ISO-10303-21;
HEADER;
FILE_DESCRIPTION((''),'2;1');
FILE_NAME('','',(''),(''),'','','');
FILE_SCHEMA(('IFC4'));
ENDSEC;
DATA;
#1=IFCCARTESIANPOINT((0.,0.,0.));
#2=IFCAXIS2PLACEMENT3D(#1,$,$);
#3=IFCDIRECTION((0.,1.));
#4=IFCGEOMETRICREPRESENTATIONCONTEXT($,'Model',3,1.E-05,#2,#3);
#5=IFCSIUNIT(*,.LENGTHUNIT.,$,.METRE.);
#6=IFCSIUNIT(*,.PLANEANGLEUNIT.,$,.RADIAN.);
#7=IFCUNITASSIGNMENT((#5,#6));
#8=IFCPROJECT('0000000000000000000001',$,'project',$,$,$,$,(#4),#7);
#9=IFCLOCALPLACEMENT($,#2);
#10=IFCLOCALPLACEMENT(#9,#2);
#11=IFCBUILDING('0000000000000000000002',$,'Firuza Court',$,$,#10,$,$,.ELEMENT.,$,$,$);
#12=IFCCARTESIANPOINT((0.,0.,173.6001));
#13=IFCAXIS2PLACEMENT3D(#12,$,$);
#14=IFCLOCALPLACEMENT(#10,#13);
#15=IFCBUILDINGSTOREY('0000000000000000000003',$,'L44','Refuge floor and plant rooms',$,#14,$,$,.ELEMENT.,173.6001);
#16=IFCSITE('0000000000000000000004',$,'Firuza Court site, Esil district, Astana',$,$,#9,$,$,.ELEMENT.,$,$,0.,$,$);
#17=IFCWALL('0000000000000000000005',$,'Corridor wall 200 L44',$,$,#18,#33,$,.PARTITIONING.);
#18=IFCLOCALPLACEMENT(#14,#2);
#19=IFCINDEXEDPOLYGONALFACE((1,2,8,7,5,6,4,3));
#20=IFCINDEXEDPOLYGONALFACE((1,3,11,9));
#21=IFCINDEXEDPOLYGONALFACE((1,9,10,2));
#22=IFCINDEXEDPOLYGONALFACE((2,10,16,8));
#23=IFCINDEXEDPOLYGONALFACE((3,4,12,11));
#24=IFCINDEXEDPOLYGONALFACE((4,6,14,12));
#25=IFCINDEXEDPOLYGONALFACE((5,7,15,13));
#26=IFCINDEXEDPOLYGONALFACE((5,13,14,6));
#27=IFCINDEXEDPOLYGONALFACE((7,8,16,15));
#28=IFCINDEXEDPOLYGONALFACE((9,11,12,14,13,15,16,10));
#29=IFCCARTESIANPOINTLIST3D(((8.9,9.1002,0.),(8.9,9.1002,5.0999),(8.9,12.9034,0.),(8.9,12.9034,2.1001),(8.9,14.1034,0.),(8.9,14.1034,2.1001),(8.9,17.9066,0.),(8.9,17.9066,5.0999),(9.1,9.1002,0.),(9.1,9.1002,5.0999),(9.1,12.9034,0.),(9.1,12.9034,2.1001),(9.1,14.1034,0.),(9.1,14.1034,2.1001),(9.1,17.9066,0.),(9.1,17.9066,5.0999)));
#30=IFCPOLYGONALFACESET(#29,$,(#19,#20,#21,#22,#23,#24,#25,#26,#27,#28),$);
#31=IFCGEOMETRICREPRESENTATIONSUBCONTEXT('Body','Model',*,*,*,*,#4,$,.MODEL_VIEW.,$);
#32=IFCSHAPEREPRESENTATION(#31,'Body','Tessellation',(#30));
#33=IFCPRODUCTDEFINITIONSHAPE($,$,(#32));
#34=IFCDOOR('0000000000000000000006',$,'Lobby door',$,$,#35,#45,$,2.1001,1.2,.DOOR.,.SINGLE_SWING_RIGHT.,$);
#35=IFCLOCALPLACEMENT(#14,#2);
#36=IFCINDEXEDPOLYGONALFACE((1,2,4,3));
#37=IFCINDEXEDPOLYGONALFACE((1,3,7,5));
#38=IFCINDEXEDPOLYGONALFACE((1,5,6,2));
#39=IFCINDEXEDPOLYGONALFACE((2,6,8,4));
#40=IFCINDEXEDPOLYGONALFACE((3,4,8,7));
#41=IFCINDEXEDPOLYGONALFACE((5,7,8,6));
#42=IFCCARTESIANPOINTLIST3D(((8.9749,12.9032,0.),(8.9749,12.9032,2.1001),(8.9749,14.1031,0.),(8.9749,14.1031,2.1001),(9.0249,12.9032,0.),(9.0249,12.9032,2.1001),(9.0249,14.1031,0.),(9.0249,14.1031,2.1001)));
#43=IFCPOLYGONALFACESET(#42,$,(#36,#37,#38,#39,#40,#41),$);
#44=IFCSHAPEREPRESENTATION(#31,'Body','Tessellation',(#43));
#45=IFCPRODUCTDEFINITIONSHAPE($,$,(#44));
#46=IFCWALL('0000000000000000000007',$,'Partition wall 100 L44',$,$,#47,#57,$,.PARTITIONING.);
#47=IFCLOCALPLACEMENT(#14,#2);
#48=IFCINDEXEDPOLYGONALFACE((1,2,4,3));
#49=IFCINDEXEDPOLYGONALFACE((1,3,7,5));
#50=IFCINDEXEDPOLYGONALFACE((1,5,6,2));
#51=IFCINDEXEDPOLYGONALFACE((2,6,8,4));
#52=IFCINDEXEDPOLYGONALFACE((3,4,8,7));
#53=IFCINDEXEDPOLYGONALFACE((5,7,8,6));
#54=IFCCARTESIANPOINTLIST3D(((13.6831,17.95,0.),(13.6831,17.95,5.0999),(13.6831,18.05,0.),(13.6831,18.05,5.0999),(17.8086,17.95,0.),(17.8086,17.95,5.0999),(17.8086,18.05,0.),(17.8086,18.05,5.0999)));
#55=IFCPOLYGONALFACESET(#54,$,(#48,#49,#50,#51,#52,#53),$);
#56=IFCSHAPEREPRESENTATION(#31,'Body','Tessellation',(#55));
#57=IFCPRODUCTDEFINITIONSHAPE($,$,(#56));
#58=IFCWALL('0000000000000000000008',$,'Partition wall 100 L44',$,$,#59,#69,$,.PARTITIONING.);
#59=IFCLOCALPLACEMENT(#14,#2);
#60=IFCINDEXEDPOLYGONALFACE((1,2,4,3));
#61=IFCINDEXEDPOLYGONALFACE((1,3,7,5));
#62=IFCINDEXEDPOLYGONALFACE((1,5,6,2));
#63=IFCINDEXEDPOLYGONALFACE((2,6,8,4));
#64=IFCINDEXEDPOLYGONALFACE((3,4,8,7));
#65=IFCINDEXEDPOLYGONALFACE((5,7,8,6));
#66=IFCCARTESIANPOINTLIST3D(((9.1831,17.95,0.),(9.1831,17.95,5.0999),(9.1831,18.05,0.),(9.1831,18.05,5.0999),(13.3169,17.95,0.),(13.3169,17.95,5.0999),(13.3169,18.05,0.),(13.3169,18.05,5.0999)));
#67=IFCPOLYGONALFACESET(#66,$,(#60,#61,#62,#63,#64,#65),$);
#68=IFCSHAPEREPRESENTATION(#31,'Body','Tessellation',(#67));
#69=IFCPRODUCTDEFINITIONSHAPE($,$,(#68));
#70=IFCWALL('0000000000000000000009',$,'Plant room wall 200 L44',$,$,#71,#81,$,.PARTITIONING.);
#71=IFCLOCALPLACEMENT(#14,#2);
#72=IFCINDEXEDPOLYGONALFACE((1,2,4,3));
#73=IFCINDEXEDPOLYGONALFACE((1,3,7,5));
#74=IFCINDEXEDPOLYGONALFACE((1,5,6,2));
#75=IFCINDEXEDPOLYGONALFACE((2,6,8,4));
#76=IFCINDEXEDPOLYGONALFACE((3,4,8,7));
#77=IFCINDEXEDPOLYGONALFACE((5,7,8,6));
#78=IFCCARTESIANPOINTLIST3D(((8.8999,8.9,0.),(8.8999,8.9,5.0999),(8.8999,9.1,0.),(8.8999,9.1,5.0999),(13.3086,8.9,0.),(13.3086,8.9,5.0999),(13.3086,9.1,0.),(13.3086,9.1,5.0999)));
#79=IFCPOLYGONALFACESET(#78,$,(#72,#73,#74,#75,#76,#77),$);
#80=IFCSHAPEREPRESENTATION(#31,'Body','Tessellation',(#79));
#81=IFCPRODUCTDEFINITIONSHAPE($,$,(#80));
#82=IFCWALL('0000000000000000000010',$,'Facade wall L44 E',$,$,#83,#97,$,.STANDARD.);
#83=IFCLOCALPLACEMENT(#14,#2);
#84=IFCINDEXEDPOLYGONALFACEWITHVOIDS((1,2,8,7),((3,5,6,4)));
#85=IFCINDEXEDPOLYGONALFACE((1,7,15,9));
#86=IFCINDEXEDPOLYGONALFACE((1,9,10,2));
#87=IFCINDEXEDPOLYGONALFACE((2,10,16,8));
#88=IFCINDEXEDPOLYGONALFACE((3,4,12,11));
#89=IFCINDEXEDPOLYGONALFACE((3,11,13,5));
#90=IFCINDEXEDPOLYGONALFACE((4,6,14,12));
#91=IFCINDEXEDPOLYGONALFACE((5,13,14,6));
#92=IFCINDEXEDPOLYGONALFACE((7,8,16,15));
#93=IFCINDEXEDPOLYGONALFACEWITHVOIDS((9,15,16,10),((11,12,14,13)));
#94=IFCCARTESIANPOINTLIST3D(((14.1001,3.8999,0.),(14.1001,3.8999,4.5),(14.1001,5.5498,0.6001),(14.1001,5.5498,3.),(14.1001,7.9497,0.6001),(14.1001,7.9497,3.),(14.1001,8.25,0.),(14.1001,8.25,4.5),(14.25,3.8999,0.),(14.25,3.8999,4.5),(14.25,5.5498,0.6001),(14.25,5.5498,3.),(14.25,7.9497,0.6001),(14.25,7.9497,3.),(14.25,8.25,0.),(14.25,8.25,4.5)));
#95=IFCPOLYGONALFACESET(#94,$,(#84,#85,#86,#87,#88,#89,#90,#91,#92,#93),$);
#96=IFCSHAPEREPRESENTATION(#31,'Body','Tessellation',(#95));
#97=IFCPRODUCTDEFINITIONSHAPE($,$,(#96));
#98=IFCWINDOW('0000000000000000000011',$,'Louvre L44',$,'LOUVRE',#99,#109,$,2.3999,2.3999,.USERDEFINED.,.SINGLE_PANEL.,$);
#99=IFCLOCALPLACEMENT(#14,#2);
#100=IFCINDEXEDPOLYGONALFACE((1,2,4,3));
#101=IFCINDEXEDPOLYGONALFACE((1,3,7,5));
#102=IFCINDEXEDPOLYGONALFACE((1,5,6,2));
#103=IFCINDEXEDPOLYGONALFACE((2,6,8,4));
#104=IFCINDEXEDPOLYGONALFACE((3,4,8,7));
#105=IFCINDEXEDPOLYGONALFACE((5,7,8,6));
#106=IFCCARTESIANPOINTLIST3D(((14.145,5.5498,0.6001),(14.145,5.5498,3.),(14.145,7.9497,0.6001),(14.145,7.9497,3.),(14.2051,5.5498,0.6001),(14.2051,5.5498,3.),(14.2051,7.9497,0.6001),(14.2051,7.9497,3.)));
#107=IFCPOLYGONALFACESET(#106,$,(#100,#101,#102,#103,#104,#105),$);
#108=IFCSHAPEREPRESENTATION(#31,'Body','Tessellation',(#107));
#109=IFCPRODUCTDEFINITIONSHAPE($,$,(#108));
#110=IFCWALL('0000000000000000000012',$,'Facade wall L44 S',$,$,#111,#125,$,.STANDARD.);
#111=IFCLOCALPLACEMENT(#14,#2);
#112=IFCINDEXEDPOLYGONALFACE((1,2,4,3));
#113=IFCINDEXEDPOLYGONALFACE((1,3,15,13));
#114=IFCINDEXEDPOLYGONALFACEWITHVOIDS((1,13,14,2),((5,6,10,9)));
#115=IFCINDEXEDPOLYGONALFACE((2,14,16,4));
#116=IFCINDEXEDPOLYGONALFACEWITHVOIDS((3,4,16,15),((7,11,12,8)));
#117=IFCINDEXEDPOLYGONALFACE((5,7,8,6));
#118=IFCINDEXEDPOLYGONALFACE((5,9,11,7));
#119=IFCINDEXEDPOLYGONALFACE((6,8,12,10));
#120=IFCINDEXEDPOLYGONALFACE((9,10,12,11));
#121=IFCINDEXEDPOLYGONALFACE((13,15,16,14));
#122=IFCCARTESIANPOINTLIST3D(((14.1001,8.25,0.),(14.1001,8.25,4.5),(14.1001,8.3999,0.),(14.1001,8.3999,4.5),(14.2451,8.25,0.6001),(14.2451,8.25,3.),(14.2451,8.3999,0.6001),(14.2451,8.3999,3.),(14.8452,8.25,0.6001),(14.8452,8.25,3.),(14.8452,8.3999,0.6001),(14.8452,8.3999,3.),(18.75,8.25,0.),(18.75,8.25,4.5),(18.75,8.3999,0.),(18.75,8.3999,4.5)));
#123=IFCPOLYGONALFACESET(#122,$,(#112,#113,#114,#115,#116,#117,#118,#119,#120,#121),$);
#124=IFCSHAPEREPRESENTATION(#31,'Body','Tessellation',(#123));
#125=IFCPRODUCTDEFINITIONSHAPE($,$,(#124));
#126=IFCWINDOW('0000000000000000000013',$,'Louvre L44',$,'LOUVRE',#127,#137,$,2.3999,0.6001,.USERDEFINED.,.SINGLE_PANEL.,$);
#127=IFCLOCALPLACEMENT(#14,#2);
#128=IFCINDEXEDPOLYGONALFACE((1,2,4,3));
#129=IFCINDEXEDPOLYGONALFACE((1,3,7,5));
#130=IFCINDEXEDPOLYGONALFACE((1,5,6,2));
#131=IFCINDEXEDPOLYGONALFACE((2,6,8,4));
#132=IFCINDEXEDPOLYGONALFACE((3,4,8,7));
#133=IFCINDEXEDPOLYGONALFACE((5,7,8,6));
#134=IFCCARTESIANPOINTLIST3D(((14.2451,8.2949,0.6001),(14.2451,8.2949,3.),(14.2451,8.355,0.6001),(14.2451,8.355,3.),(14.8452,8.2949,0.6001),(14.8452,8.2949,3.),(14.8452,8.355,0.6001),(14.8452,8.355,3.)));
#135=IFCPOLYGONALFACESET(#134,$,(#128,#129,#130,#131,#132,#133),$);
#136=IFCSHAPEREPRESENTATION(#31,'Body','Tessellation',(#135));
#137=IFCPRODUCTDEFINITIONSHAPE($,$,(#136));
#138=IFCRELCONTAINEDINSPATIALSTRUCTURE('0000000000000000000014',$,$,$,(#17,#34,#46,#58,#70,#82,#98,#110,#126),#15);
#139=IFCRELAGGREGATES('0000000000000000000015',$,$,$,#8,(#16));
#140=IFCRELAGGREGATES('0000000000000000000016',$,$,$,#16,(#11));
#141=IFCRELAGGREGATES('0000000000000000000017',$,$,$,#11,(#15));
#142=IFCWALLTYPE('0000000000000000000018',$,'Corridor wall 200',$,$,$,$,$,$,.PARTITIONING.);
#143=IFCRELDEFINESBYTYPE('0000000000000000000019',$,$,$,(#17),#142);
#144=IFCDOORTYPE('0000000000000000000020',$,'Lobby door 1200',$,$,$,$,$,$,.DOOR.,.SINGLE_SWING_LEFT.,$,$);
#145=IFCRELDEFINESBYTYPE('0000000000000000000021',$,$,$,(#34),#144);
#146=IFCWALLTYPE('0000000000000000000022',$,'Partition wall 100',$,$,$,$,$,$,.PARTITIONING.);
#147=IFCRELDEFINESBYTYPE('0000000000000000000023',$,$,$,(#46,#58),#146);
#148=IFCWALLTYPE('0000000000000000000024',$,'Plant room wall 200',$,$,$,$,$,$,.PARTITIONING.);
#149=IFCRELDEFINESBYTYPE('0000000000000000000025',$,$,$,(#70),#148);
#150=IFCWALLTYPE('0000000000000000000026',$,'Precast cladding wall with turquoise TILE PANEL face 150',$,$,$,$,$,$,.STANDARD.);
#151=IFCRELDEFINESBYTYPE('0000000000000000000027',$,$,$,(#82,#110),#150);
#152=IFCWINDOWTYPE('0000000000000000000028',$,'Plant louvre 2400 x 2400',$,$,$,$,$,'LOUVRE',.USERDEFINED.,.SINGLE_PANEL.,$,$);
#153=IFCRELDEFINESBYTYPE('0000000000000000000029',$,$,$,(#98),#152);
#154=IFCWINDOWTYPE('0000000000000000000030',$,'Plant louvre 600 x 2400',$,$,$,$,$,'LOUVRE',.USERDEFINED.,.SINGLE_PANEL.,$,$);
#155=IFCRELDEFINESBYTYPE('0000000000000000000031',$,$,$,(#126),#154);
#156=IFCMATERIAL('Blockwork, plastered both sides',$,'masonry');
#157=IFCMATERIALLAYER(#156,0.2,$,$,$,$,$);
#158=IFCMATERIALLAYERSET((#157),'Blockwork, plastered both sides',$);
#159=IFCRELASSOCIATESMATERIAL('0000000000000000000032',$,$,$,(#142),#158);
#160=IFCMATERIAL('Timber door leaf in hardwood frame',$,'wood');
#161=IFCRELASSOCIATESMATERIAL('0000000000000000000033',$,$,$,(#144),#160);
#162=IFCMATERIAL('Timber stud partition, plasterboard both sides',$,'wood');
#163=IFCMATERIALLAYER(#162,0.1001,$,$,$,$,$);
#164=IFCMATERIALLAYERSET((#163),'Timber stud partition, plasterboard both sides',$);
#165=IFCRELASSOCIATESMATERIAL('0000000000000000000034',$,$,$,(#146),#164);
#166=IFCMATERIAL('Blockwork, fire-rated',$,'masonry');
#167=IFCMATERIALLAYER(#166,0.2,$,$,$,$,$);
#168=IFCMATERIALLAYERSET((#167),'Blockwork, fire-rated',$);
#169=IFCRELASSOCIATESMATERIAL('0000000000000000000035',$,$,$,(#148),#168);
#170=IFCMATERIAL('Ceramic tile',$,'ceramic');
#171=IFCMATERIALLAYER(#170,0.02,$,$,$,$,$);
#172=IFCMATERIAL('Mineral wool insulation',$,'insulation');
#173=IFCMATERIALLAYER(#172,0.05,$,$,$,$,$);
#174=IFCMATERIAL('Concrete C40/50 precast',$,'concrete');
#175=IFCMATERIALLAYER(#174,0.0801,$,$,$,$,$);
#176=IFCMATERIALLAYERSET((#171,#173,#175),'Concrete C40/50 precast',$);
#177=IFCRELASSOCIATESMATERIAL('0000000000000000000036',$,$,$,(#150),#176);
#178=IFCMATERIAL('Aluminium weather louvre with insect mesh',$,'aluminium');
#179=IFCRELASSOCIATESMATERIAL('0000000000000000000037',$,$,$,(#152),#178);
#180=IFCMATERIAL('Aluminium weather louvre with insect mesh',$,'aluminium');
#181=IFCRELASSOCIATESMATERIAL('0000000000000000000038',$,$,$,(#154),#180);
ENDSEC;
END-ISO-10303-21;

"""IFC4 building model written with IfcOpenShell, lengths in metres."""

from ifc_helpers import new_model, si_unit, direction, frame, frame_2d, origin, place, context, subcontext, project, spatial, rectangle, extrude, material, layer, layer_set, type_object, element, fill, save


model = new_model("IFC4")

# Units and contexts
model_context = context("Model", 3, precision=1e-05, world=origin(), true_north=direction((0.0, 1.0)))
body_context = subcontext(model_context, "Body", "Model", "MODEL_VIEW")
ifc_project = project(units=[si_unit("LENGTHUNIT", "METRE"), si_unit("PLANEANGLEUNIT", "RADIAN")], contexts=[model_context])

# Site, building, storey
site_placement = place(None, origin())
site = spatial("IfcSite", under=ifc_project, at=site_placement, Name="Firuza Court site, Esil district, Astana", CompositionType="ELEMENT", RefElevation=0.0)
building_placement = place(site_placement, origin())
building = spatial("IfcBuilding", under=site, at=building_placement, Name="Firuza Court", CompositionType="ELEMENT")
storey_placement = place(building_placement, frame((0.0, 0.0, 173.6001)))
storey = spatial("IfcBuildingStorey", under=building, at=storey_placement, Name="L44", Description="Refuge floor and plant rooms", CompositionType="ELEMENT", Elevation=173.6001)

# Wall, opening, door
ifc_material_1 = material(Name="Blockwork, plastered both sides", Category="masonry")
ifc_layer_1 = layer(ifc_material_1, 0.2)
ifc_layer_set_1 = layer_set([ifc_layer_1], Name="Blockwork, plastered both sides")
wall_type_1 = type_object("IfcWallType", Name="Corridor wall 200", PredefinedType="PARTITIONING", material=ifc_layer_set_1)
wall_1_placement = place(storey_placement, frame((9.0, 9.1001, 0.0), z_axis=(0.0, 0.0, 1.0), x_axis=(0.0, 1.0, 0.0)))
wall_1 = element("IfcWall", 1, at=wall_1_placement, inside=storey, type_object=wall_type_1, Name="Corridor wall 200 L44", PredefinedType="PARTITIONING", context=body_context, shape_type="SweptSolid", body=[
    extrude(rectangle(XDim=8.8064, YDim=0.2, at=frame_2d((4.4033, 0.0))), origin(), (0.0, 0.0, 1.0), 5.0999),
])
opening_1_placement = place(wall_1_placement, frame((3.8032, 0.0, 0.0)))
opening_1 = element("IfcOpeningElement", 2, at=opening_1_placement, cuts=wall_1, PredefinedType="OPENING", context=body_context, shape_type="SweptSolid", body=[
    extrude(rectangle(XDim=1.2, YDim=2.1001, at=frame_2d((0.6001, 1.05))), frame((0.0, 0.1118, 0.0), z_axis=(0.0, -1.0, 0.0), x_axis=(1.0, 0.0, 0.0)), (0.0, 0.0, 1.0), 0.2239),
])
ifc_material_2 = material(Name="Timber door leaf in hardwood frame", Category="wood")
door_type = type_object("IfcDoorType", Name="Lobby door 1200", OperationType="SINGLE_SWING_LEFT", PredefinedType="DOOR", material=ifc_material_2)
door_placement = place(opening_1_placement, frame((1.2, 0.0, 0.0), z_axis=(0.0, 0.0, 1.0), x_axis=(-1.0, 0.0, 0.0)))
door = element("IfcDoor", 3, at=door_placement, inside=storey, type_object=door_type, Name="Lobby door", OperationType="SINGLE_SWING_RIGHT", OverallHeight=2.1001, OverallWidth=1.2, PredefinedType="DOOR", context=body_context, shape_type="SweptSolid", body=[
    extrude(rectangle(XDim=1.2, YDim=2.1001, at=frame_2d((0.6001, 1.05))), frame((0.0, 0.0249, 0.0), z_axis=(0.0, -1.0, 0.0), x_axis=(1.0, 0.0, 0.0)), (0.0, 0.0, 1.0), 0.05),
])
fill(opening_1, door)

# Walls
ifc_material_3 = material(Name="Timber stud partition, plasterboard both sides", Category="wood")
ifc_layer_2 = layer(ifc_material_3, 0.1001)
ifc_layer_set_2 = layer_set([ifc_layer_2], Name="Timber stud partition, plasterboard both sides")
wall_type_2 = type_object("IfcWallType", Name="Partition wall 100", PredefinedType="PARTITIONING", material=ifc_layer_set_2)
wall_2_placement = place(storey_placement, frame((17.8086, 18.0, 0.0), z_axis=(0.0, 0.0, 1.0), x_axis=(-1.0, 0.0, 0.0)))
element("IfcWall", 4, at=wall_2_placement, inside=storey, type_object=wall_type_2, Name="Partition wall 100 L44", PredefinedType="PARTITIONING", context=body_context, shape_type="SweptSolid", body=[
    extrude(rectangle(XDim=4.1255, YDim=0.1001, at=frame_2d((2.0627, 0.0))), origin(), (0.0, 0.0, 1.0), 5.0999),
])
wall_3_placement = place(storey_placement, frame((13.3169, 18.0, 0.0), z_axis=(0.0, 0.0, 1.0), x_axis=(-1.0, 0.0, 0.0)))
element("IfcWall", 5, at=wall_3_placement, inside=storey, type_object=wall_type_2, Name="Partition wall 100 L44", PredefinedType="PARTITIONING", context=body_context, shape_type="SweptSolid", body=[
    extrude(rectangle(XDim=4.1338, YDim=0.1001, at=frame_2d((2.0669, 0.0))), origin(), (0.0, 0.0, 1.0), 5.0999),
])
ifc_material_4 = material(Name="Blockwork, fire-rated", Category="masonry")
ifc_layer_3 = layer(ifc_material_4, 0.2)
ifc_layer_set_3 = layer_set([ifc_layer_3], Name="Blockwork, fire-rated")
wall_type_3 = type_object("IfcWallType", Name="Plant room wall 200", PredefinedType="PARTITIONING", material=ifc_layer_set_3)
wall_4_placement = place(storey_placement, frame((13.3086, 9.0, 0.0), z_axis=(0.0, 0.0, 1.0), x_axis=(-1.0, 0.0, 0.0)))
element("IfcWall", 6, at=wall_4_placement, inside=storey, type_object=wall_type_3, Name="Plant room wall 200 L44", PredefinedType="PARTITIONING", context=body_context, shape_type="SweptSolid", body=[
    extrude(rectangle(XDim=4.4087, YDim=0.2, at=frame_2d((2.2043, 0.0))), origin(), (0.0, 0.0, 1.0), 5.0999),
])

# Walls, openings, windows
ifc_material_5 = material(Name="Ceramic tile", Category="ceramic")
ifc_layer_4 = layer(ifc_material_5, 0.02)
ifc_material_6 = material(Name="Mineral wool insulation", Category="insulation")
ifc_layer_5 = layer(ifc_material_6, 0.05)
ifc_material_7 = material(Name="Concrete C40/50 precast", Category="concrete")
ifc_layer_6 = layer(ifc_material_7, 0.0801)
ifc_layer_set_4 = layer_set([ifc_layer_4, ifc_layer_5, ifc_layer_6], Name="Concrete C40/50 precast")
wall_type_4 = type_object("IfcWallType", Name="Precast cladding wall with turquoise TILE PANEL face 150", PredefinedType="STANDARD", material=ifc_layer_set_4)
wall_5_placement = place(storey_placement, frame((14.175, 3.8999, 0.0), z_axis=(0.0, 0.0, 1.0), x_axis=(0.0, 1.0, 0.0)))
wall_5 = element("IfcWall", 7, at=wall_5_placement, inside=storey, type_object=wall_type_4, Name="Facade wall L44 E", PredefinedType="STANDARD", context=body_context, shape_type="SweptSolid", body=[
    extrude(rectangle(XDim=4.3501, YDim=0.1499, at=frame_2d((2.175, 0.0))), origin(), (0.0, 0.0, 1.0), 4.5),
])
opening_2_placement = place(wall_5_placement, frame((1.6499, 0.0, 0.6001)))
opening_2 = element("IfcOpeningElement", 8, at=opening_2_placement, cuts=wall_5, PredefinedType="OPENING", context=body_context, shape_type="SweptSolid", body=[
    extrude(rectangle(XDim=2.3999, YDim=2.3999, at=frame_2d((1.2, 1.2))), frame((0.0, 0.0869, 0.0), z_axis=(0.0, -1.0, 0.0), x_axis=(1.0, 0.0, 0.0)), (0.0, 0.0, 1.0), 0.1738),
])
ifc_material_8 = material(Name="Aluminium weather louvre with insect mesh", Category="aluminium")
window_type_1 = type_object("IfcWindowType", Name="Plant louvre 2400 x 2400", ElementType="LOUVRE", PartitioningType="SINGLE_PANEL", PredefinedType="USERDEFINED", material=ifc_material_8)
window_1_placement = place(opening_2_placement, origin())
window_1 = element("IfcWindow", 9, at=window_1_placement, inside=storey, type_object=window_type_1, Name="Louvre L44", ObjectType="LOUVRE", OverallHeight=2.3999, OverallWidth=2.3999, PartitioningType="SINGLE_PANEL", PredefinedType="USERDEFINED", context=body_context, shape_type="SweptSolid", body=[
    extrude(rectangle(XDim=2.3999, YDim=2.3999, at=frame_2d((1.2, 1.2))), frame((0.0, 0.03, 0.0), z_axis=(0.0, -1.0, 0.0), x_axis=(1.0, 0.0, 0.0)), (0.0, 0.0, 1.0), 0.0601),
])
fill(opening_2, window_1)
wall_6_placement = place(storey_placement, frame((14.1001, 8.325, 0.0), z_axis=(0.0, 0.0, 1.0), x_axis=(1.0, 0.0, 0.0)))
wall_6 = element("IfcWall", 10, at=wall_6_placement, inside=storey, type_object=wall_type_4, Name="Facade wall L44 S", PredefinedType="STANDARD", context=body_context, shape_type="SweptSolid", body=[
    extrude(rectangle(XDim=4.6499, YDim=0.1499, at=frame_2d((2.325, 0.0))), origin(), (0.0, 0.0, 1.0), 4.5),
])
opening_3_placement = place(wall_6_placement, frame((0.145, 0.0, 0.6001)))
opening_3 = element("IfcOpeningElement", 11, at=opening_3_placement, cuts=wall_6, PredefinedType="OPENING", context=body_context, shape_type="SweptSolid", body=[
    extrude(rectangle(XDim=0.6001, YDim=2.3999, at=frame_2d((0.3, 1.2))), frame((0.0, 0.0869, 0.0), z_axis=(0.0, -1.0, 0.0), x_axis=(1.0, 0.0, 0.0)), (0.0, 0.0, 1.0), 0.1738),
])
ifc_material_9 = material(Name="Aluminium weather louvre with insect mesh", Category="aluminium")
window_type_2 = type_object("IfcWindowType", Name="Plant louvre 600 x 2400", ElementType="LOUVRE", PartitioningType="SINGLE_PANEL", PredefinedType="USERDEFINED", material=ifc_material_9)
window_2_placement = place(opening_3_placement, origin())
window_2 = element("IfcWindow", 12, at=window_2_placement, inside=storey, type_object=window_type_2, Name="Louvre L44", ObjectType="LOUVRE", OverallHeight=2.3999, OverallWidth=0.6001, PartitioningType="SINGLE_PANEL", PredefinedType="USERDEFINED", context=body_context, shape_type="SweptSolid", body=[
    extrude(rectangle(XDim=0.6001, YDim=2.3999, at=frame_2d((0.3, 1.2))), frame((0.0, 0.03, 0.0), z_axis=(0.0, -1.0, 0.0), x_axis=(1.0, 0.0, 0.0)), (0.0, 0.0, 1.0), 0.0601),
])
fill(opening_3, window_2)

save(model, "model.ifc")
